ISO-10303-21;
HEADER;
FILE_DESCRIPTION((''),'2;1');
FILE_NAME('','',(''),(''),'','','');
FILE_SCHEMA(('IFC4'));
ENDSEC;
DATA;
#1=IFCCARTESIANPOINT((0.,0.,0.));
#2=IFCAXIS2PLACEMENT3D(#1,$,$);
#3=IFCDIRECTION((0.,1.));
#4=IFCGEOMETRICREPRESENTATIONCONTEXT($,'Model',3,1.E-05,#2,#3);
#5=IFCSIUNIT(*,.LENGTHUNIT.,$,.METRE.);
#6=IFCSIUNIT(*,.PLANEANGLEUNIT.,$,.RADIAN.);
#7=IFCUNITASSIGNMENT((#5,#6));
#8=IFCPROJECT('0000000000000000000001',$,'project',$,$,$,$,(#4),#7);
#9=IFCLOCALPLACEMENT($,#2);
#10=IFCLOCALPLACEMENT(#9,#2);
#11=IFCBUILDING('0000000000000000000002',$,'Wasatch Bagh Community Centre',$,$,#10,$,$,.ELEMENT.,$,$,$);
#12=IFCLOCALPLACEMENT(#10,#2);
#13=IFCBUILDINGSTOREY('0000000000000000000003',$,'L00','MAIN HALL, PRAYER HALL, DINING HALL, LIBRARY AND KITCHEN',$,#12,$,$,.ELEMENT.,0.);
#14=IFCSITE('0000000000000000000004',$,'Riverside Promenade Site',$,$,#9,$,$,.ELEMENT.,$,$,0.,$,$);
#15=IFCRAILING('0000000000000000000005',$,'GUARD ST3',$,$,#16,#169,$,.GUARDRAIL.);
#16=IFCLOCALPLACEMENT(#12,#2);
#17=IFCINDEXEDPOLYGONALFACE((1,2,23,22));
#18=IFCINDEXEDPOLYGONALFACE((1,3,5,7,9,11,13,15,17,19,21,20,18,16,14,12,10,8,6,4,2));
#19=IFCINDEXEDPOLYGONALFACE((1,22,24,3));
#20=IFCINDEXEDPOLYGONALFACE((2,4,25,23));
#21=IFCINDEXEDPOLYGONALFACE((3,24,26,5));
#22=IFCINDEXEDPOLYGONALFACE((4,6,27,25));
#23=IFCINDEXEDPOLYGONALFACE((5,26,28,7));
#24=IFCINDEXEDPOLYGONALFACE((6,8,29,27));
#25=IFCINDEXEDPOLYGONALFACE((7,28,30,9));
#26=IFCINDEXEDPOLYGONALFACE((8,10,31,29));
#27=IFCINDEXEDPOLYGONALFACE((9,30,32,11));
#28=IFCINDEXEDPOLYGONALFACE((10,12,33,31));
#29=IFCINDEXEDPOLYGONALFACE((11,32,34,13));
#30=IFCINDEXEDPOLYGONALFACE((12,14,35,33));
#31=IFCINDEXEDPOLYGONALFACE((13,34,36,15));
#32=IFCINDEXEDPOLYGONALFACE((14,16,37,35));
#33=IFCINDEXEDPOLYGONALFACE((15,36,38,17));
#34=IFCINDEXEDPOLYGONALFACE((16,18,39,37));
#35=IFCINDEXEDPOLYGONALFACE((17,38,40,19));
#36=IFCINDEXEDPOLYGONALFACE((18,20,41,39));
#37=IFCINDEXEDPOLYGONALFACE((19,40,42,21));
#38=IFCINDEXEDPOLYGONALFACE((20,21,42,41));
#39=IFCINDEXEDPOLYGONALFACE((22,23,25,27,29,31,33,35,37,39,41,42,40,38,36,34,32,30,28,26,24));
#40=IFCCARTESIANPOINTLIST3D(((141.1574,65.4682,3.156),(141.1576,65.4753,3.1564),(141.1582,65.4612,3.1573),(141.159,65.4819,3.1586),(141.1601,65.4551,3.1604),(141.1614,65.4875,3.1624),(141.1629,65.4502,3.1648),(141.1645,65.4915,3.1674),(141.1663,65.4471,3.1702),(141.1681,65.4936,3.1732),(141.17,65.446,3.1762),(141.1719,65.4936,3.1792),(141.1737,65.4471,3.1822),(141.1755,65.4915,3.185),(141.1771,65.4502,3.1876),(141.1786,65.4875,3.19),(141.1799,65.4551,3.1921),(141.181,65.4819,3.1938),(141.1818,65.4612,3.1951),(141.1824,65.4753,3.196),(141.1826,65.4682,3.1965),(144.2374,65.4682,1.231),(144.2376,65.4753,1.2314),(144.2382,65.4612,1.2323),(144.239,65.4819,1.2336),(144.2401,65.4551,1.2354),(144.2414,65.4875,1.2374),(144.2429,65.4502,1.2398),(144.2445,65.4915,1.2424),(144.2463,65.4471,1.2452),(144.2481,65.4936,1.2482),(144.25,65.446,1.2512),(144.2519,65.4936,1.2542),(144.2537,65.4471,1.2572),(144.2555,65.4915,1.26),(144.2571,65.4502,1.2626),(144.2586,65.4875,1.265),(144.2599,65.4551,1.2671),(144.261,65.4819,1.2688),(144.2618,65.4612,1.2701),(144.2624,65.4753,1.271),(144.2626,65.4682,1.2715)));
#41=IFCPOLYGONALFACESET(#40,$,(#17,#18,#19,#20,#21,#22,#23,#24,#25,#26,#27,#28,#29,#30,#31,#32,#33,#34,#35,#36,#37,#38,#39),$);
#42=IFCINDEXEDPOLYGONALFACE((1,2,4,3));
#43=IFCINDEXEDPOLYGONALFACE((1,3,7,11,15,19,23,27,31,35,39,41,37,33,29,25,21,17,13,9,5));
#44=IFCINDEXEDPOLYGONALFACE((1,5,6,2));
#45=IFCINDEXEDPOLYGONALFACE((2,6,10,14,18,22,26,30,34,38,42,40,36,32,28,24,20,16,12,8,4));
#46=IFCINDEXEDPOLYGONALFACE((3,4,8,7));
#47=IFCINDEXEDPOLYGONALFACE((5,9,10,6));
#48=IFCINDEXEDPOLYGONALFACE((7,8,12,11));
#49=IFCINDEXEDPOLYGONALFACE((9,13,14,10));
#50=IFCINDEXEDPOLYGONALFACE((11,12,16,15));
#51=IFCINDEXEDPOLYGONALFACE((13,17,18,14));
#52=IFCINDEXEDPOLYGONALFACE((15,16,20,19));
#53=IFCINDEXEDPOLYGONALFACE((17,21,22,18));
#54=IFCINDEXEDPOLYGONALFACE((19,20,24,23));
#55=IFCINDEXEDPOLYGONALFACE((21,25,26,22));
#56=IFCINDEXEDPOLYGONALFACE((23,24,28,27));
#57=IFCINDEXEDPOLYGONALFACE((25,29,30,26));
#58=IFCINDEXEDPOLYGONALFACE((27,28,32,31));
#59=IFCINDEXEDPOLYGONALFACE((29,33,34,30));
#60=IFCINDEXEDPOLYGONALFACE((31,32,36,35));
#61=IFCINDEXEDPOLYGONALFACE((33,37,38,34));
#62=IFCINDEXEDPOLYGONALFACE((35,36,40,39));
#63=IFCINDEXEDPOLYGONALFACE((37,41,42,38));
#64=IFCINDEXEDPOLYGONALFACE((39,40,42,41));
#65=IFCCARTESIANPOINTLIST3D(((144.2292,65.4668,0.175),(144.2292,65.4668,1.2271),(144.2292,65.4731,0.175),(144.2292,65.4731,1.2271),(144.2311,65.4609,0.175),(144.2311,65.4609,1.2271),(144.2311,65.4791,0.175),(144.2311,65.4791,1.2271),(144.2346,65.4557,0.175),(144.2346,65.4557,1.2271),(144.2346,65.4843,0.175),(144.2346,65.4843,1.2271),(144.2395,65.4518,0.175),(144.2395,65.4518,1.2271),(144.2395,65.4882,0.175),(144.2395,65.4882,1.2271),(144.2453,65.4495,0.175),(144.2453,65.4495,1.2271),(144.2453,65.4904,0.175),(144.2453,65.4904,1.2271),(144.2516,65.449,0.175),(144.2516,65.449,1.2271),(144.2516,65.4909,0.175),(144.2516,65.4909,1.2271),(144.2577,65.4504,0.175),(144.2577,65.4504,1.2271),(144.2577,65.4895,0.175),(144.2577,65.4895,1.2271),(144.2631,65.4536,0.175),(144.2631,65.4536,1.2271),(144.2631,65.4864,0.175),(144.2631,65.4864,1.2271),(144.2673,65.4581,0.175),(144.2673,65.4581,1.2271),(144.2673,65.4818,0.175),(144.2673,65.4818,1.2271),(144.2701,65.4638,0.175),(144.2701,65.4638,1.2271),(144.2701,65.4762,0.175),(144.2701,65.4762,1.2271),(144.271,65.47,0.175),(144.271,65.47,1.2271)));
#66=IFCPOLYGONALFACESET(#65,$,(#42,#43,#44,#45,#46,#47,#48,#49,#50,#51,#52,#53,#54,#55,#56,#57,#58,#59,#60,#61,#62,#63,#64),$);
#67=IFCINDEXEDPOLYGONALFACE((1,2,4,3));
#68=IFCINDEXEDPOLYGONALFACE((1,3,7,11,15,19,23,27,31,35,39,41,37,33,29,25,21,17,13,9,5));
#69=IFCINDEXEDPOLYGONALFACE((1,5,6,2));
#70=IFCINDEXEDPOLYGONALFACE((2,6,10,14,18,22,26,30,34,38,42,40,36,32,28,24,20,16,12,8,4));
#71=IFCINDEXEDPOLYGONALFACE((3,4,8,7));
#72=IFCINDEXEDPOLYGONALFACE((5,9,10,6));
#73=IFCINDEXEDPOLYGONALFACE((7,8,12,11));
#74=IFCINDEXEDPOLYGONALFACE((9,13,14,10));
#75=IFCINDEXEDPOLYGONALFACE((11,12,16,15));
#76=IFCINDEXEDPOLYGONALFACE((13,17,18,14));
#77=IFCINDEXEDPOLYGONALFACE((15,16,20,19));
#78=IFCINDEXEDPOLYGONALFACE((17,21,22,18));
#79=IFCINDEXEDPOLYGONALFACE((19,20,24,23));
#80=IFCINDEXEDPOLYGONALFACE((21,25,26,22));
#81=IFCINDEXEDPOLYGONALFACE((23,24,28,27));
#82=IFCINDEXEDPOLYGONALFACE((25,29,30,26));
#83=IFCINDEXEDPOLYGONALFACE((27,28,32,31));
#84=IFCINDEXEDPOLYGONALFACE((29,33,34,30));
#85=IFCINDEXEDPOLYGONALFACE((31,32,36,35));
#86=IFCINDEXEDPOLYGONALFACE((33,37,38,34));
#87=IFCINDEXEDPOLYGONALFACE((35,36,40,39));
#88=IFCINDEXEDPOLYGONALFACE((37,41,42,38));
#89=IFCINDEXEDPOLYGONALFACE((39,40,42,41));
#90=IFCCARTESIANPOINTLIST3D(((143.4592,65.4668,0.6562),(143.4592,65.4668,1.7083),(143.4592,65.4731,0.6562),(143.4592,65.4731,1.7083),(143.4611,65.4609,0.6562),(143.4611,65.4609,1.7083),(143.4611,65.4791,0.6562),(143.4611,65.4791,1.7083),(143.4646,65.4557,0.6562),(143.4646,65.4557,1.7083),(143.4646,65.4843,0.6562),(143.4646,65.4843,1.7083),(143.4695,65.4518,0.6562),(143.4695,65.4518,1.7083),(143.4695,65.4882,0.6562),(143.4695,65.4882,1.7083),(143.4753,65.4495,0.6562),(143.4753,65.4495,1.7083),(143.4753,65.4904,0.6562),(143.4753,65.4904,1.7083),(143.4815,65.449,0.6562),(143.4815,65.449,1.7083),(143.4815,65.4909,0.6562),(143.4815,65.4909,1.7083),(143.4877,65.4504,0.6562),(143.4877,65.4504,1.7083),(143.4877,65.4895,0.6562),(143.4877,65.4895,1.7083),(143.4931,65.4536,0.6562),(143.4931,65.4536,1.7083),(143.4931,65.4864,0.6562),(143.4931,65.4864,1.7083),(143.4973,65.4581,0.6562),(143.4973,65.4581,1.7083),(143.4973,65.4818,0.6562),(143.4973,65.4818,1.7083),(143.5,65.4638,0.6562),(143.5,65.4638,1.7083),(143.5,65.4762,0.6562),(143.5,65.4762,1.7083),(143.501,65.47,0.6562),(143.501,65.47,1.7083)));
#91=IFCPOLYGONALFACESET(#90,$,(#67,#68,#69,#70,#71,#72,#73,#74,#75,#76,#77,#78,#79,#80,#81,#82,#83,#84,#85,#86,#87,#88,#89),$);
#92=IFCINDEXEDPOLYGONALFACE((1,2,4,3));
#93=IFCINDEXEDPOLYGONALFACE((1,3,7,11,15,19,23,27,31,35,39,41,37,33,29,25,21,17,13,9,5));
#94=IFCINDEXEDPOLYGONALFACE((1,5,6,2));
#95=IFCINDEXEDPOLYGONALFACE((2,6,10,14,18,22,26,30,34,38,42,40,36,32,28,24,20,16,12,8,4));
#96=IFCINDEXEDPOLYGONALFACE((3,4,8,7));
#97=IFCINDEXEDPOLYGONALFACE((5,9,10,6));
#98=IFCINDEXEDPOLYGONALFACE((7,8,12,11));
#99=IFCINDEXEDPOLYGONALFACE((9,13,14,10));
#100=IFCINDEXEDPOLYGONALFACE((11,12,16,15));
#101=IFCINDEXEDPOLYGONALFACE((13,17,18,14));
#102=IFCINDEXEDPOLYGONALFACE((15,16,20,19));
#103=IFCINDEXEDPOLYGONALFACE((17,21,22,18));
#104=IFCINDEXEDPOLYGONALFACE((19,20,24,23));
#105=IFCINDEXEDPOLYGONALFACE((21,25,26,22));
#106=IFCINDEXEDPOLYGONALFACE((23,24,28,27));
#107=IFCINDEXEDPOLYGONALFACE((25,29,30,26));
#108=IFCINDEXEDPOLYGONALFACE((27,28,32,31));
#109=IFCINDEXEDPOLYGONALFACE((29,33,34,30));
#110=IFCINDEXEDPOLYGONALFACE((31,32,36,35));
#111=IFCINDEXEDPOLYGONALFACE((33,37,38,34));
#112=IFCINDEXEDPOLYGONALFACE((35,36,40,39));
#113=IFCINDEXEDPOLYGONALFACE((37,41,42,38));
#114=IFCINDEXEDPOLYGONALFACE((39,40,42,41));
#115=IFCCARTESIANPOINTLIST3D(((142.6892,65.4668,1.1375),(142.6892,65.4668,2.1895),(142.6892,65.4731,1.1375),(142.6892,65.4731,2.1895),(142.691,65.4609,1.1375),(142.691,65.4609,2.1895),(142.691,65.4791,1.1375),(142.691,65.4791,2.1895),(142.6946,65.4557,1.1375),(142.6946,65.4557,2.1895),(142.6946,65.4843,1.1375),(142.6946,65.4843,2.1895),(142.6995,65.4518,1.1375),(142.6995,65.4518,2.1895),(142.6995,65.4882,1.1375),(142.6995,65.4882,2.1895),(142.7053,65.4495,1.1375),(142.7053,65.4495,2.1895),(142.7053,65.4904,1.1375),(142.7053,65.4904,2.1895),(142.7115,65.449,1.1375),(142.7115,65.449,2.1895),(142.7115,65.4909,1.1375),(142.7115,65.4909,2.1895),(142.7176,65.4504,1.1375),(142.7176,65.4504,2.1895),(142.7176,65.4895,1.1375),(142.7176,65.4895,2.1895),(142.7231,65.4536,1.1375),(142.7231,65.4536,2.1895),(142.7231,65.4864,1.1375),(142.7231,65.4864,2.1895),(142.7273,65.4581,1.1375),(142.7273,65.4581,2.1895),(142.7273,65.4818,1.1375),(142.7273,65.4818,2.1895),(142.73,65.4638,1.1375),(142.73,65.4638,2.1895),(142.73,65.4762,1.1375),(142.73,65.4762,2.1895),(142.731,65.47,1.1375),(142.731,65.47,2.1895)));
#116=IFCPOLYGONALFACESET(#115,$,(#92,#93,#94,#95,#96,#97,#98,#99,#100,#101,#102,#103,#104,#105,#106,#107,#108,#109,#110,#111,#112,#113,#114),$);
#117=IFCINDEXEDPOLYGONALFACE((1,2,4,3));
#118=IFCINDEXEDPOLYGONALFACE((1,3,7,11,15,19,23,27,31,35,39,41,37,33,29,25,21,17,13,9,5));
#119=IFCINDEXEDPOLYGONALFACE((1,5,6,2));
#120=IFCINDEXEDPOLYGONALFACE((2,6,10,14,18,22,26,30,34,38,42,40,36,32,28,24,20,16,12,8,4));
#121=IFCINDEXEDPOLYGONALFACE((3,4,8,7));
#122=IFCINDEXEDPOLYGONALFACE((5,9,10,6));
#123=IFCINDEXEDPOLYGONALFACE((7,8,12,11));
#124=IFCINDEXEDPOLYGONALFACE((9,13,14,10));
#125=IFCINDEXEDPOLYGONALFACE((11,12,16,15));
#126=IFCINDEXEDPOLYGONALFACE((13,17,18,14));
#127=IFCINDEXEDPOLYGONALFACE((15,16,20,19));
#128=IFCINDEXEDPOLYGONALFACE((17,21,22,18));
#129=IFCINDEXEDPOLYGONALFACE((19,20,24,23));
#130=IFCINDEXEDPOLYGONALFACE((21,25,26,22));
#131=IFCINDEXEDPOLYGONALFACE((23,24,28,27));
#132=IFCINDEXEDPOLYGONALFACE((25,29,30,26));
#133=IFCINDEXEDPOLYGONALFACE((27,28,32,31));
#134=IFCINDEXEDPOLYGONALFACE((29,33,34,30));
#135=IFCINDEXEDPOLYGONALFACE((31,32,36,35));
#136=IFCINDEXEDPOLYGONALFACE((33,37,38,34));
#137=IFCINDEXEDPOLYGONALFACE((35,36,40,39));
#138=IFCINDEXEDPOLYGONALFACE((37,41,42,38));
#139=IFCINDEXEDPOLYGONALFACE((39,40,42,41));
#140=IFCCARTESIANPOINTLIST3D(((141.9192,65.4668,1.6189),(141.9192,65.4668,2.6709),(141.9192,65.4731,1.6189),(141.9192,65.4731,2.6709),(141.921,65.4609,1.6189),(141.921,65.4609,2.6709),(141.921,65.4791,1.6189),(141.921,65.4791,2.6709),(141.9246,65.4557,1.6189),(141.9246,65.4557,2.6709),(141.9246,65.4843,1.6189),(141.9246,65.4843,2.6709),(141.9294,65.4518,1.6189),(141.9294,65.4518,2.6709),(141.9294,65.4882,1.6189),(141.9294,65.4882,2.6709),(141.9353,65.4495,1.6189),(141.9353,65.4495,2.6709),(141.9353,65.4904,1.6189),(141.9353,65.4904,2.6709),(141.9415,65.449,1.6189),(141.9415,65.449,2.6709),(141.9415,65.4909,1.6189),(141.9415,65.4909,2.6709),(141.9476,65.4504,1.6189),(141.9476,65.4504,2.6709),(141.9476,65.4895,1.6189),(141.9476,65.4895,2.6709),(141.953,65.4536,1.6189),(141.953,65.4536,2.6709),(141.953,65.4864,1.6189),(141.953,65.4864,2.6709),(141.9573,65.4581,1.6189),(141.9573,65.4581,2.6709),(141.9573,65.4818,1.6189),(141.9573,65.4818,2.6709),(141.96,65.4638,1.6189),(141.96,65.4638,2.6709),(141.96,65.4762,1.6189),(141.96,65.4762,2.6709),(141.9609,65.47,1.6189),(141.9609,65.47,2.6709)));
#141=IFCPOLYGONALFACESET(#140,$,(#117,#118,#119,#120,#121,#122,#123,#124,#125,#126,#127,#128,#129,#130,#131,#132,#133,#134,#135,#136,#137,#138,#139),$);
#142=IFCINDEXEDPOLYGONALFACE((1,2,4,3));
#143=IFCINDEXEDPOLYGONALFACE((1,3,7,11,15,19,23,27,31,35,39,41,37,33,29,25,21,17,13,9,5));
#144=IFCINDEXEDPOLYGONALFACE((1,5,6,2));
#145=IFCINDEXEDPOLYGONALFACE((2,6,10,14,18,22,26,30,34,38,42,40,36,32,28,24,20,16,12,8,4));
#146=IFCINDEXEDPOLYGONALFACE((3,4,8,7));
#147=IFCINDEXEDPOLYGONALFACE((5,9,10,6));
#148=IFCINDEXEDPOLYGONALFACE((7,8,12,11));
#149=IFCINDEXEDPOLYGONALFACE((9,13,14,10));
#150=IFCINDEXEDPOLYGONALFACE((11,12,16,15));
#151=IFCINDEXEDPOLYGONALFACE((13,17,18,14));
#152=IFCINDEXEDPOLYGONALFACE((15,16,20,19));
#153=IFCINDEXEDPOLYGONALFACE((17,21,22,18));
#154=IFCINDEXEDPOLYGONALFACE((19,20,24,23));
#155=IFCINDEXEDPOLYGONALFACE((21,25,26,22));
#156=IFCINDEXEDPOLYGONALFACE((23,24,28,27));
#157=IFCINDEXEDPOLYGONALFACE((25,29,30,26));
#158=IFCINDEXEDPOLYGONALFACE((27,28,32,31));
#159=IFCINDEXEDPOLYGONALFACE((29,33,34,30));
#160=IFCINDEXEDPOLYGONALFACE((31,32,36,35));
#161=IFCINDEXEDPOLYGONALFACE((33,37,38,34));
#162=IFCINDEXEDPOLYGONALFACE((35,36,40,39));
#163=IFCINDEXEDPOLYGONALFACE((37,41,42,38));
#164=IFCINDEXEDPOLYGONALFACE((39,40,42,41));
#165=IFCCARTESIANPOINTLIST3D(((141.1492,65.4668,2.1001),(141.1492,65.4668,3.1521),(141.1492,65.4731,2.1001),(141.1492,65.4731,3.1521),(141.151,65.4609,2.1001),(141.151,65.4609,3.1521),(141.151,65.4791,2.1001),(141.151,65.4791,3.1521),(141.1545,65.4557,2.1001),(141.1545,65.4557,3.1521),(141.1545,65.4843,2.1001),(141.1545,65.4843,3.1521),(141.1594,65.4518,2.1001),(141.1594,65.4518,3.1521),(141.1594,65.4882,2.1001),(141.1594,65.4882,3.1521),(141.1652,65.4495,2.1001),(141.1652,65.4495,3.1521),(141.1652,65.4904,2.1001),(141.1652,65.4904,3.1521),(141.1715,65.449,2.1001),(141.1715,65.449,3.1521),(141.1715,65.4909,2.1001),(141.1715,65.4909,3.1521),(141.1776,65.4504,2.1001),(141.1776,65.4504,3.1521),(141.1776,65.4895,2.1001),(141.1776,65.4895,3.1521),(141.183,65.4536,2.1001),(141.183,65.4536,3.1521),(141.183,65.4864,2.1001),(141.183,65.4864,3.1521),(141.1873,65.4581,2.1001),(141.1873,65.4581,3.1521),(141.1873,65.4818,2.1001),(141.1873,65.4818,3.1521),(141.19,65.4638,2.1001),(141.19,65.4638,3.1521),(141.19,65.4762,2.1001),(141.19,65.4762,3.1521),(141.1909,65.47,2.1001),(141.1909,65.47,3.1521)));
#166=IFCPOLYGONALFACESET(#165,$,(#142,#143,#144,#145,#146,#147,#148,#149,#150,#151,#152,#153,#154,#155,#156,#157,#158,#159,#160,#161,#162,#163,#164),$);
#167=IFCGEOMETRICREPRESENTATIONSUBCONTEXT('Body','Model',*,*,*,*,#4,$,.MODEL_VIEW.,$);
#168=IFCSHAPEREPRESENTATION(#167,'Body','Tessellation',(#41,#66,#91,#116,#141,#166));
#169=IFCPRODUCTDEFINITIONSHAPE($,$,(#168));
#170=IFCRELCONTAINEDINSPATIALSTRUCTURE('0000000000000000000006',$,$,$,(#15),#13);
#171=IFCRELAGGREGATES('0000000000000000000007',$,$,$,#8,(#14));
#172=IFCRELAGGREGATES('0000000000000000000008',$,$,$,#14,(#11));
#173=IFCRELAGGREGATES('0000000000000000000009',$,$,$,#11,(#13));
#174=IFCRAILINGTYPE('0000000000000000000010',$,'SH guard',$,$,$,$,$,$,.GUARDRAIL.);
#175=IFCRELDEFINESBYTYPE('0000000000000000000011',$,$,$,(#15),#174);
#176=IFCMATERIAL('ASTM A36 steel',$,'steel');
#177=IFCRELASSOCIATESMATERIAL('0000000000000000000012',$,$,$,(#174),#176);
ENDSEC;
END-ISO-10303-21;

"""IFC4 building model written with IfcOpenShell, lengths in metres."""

from ifc_helpers import new_model, si_unit, direction, frame, origin, origin_2d, place, context, subcontext, project, spatial, circle, extrude, material, type_object, element, save


model = new_model("IFC4")

# Units and contexts
model_context = context("Model", 3, precision=1e-05, world=origin(), true_north=direction((0.0, 1.0)))
body_context = subcontext(model_context, "Body", "Model", "MODEL_VIEW")
ifc_project = project(units=[si_unit("LENGTHUNIT", "METRE"), si_unit("PLANEANGLEUNIT", "RADIAN")], contexts=[model_context])

# Site, building, storey
site_placement = place(None, origin())
site = spatial("IfcSite", under=ifc_project, at=site_placement, Name="Riverside Promenade Site", CompositionType="ELEMENT", RefElevation=0.0)
building_placement = place(site_placement, origin())
building = spatial("IfcBuilding", under=site, at=building_placement, Name="Wasatch Bagh Community Centre", CompositionType="ELEMENT")
storey_placement = place(building_placement, origin())
storey = spatial("IfcBuildingStorey", under=building, at=storey_placement, Name="L00", Description="MAIN HALL, PRAYER HALL, DINING HALL, LIBRARY AND KITCHEN", CompositionType="ELEMENT", Elevation=0.0)

# Railing
ifc_material_1 = material(Name="ASTM A36 steel", Category="steel")
railing_type_1 = type_object("IfcRailingType", Name="SH guard", PredefinedType="GUARDRAIL", material=ifc_material_1)
for number, where, name in (
    (1, (144.25, 65.47, 0.175), "GUARD ST3"),
):
    element("IfcRailing", number, at=place(storey_placement, frame(where)), inside=storey, type_object=railing_type_1, Name=name, PredefinedType="GUARDRAIL", context=body_context, shape_type="SweptSolid", body=[
        extrude(circle(Radius=0.0239, at=origin_2d()), frame((0.0, 0.0, 1.0762), z_axis=(-0.847998, 0.0, 0.529999), x_axis=(0.0, -1.0, 0.0)), (0.0, 0.0, 1.0), 3.6321),
        extrude(circle(Radius=0.021, at=origin_2d()), origin(), (0.0, 0.0, 1.0), 1.052),
        extrude(circle(Radius=0.021, at=origin_2d()), frame((-0.77, 0.0, 0.4812)), (0.0, 0.0, 1.0), 1.052),
        extrude(circle(Radius=0.021, at=origin_2d()), frame((-1.54, 0.0, 0.9624)), (0.0, 0.0, 1.0), 1.052),
        extrude(circle(Radius=0.021, at=origin_2d()), frame((-2.3101, 0.0, 1.4438)), (0.0, 0.0, 1.0), 1.052),
        extrude(circle(Radius=0.021, at=origin_2d()), frame((-3.0801, 0.0, 1.925)), (0.0, 0.0, 1.0), 1.052),
    ])

save(model, "model.ifc")
